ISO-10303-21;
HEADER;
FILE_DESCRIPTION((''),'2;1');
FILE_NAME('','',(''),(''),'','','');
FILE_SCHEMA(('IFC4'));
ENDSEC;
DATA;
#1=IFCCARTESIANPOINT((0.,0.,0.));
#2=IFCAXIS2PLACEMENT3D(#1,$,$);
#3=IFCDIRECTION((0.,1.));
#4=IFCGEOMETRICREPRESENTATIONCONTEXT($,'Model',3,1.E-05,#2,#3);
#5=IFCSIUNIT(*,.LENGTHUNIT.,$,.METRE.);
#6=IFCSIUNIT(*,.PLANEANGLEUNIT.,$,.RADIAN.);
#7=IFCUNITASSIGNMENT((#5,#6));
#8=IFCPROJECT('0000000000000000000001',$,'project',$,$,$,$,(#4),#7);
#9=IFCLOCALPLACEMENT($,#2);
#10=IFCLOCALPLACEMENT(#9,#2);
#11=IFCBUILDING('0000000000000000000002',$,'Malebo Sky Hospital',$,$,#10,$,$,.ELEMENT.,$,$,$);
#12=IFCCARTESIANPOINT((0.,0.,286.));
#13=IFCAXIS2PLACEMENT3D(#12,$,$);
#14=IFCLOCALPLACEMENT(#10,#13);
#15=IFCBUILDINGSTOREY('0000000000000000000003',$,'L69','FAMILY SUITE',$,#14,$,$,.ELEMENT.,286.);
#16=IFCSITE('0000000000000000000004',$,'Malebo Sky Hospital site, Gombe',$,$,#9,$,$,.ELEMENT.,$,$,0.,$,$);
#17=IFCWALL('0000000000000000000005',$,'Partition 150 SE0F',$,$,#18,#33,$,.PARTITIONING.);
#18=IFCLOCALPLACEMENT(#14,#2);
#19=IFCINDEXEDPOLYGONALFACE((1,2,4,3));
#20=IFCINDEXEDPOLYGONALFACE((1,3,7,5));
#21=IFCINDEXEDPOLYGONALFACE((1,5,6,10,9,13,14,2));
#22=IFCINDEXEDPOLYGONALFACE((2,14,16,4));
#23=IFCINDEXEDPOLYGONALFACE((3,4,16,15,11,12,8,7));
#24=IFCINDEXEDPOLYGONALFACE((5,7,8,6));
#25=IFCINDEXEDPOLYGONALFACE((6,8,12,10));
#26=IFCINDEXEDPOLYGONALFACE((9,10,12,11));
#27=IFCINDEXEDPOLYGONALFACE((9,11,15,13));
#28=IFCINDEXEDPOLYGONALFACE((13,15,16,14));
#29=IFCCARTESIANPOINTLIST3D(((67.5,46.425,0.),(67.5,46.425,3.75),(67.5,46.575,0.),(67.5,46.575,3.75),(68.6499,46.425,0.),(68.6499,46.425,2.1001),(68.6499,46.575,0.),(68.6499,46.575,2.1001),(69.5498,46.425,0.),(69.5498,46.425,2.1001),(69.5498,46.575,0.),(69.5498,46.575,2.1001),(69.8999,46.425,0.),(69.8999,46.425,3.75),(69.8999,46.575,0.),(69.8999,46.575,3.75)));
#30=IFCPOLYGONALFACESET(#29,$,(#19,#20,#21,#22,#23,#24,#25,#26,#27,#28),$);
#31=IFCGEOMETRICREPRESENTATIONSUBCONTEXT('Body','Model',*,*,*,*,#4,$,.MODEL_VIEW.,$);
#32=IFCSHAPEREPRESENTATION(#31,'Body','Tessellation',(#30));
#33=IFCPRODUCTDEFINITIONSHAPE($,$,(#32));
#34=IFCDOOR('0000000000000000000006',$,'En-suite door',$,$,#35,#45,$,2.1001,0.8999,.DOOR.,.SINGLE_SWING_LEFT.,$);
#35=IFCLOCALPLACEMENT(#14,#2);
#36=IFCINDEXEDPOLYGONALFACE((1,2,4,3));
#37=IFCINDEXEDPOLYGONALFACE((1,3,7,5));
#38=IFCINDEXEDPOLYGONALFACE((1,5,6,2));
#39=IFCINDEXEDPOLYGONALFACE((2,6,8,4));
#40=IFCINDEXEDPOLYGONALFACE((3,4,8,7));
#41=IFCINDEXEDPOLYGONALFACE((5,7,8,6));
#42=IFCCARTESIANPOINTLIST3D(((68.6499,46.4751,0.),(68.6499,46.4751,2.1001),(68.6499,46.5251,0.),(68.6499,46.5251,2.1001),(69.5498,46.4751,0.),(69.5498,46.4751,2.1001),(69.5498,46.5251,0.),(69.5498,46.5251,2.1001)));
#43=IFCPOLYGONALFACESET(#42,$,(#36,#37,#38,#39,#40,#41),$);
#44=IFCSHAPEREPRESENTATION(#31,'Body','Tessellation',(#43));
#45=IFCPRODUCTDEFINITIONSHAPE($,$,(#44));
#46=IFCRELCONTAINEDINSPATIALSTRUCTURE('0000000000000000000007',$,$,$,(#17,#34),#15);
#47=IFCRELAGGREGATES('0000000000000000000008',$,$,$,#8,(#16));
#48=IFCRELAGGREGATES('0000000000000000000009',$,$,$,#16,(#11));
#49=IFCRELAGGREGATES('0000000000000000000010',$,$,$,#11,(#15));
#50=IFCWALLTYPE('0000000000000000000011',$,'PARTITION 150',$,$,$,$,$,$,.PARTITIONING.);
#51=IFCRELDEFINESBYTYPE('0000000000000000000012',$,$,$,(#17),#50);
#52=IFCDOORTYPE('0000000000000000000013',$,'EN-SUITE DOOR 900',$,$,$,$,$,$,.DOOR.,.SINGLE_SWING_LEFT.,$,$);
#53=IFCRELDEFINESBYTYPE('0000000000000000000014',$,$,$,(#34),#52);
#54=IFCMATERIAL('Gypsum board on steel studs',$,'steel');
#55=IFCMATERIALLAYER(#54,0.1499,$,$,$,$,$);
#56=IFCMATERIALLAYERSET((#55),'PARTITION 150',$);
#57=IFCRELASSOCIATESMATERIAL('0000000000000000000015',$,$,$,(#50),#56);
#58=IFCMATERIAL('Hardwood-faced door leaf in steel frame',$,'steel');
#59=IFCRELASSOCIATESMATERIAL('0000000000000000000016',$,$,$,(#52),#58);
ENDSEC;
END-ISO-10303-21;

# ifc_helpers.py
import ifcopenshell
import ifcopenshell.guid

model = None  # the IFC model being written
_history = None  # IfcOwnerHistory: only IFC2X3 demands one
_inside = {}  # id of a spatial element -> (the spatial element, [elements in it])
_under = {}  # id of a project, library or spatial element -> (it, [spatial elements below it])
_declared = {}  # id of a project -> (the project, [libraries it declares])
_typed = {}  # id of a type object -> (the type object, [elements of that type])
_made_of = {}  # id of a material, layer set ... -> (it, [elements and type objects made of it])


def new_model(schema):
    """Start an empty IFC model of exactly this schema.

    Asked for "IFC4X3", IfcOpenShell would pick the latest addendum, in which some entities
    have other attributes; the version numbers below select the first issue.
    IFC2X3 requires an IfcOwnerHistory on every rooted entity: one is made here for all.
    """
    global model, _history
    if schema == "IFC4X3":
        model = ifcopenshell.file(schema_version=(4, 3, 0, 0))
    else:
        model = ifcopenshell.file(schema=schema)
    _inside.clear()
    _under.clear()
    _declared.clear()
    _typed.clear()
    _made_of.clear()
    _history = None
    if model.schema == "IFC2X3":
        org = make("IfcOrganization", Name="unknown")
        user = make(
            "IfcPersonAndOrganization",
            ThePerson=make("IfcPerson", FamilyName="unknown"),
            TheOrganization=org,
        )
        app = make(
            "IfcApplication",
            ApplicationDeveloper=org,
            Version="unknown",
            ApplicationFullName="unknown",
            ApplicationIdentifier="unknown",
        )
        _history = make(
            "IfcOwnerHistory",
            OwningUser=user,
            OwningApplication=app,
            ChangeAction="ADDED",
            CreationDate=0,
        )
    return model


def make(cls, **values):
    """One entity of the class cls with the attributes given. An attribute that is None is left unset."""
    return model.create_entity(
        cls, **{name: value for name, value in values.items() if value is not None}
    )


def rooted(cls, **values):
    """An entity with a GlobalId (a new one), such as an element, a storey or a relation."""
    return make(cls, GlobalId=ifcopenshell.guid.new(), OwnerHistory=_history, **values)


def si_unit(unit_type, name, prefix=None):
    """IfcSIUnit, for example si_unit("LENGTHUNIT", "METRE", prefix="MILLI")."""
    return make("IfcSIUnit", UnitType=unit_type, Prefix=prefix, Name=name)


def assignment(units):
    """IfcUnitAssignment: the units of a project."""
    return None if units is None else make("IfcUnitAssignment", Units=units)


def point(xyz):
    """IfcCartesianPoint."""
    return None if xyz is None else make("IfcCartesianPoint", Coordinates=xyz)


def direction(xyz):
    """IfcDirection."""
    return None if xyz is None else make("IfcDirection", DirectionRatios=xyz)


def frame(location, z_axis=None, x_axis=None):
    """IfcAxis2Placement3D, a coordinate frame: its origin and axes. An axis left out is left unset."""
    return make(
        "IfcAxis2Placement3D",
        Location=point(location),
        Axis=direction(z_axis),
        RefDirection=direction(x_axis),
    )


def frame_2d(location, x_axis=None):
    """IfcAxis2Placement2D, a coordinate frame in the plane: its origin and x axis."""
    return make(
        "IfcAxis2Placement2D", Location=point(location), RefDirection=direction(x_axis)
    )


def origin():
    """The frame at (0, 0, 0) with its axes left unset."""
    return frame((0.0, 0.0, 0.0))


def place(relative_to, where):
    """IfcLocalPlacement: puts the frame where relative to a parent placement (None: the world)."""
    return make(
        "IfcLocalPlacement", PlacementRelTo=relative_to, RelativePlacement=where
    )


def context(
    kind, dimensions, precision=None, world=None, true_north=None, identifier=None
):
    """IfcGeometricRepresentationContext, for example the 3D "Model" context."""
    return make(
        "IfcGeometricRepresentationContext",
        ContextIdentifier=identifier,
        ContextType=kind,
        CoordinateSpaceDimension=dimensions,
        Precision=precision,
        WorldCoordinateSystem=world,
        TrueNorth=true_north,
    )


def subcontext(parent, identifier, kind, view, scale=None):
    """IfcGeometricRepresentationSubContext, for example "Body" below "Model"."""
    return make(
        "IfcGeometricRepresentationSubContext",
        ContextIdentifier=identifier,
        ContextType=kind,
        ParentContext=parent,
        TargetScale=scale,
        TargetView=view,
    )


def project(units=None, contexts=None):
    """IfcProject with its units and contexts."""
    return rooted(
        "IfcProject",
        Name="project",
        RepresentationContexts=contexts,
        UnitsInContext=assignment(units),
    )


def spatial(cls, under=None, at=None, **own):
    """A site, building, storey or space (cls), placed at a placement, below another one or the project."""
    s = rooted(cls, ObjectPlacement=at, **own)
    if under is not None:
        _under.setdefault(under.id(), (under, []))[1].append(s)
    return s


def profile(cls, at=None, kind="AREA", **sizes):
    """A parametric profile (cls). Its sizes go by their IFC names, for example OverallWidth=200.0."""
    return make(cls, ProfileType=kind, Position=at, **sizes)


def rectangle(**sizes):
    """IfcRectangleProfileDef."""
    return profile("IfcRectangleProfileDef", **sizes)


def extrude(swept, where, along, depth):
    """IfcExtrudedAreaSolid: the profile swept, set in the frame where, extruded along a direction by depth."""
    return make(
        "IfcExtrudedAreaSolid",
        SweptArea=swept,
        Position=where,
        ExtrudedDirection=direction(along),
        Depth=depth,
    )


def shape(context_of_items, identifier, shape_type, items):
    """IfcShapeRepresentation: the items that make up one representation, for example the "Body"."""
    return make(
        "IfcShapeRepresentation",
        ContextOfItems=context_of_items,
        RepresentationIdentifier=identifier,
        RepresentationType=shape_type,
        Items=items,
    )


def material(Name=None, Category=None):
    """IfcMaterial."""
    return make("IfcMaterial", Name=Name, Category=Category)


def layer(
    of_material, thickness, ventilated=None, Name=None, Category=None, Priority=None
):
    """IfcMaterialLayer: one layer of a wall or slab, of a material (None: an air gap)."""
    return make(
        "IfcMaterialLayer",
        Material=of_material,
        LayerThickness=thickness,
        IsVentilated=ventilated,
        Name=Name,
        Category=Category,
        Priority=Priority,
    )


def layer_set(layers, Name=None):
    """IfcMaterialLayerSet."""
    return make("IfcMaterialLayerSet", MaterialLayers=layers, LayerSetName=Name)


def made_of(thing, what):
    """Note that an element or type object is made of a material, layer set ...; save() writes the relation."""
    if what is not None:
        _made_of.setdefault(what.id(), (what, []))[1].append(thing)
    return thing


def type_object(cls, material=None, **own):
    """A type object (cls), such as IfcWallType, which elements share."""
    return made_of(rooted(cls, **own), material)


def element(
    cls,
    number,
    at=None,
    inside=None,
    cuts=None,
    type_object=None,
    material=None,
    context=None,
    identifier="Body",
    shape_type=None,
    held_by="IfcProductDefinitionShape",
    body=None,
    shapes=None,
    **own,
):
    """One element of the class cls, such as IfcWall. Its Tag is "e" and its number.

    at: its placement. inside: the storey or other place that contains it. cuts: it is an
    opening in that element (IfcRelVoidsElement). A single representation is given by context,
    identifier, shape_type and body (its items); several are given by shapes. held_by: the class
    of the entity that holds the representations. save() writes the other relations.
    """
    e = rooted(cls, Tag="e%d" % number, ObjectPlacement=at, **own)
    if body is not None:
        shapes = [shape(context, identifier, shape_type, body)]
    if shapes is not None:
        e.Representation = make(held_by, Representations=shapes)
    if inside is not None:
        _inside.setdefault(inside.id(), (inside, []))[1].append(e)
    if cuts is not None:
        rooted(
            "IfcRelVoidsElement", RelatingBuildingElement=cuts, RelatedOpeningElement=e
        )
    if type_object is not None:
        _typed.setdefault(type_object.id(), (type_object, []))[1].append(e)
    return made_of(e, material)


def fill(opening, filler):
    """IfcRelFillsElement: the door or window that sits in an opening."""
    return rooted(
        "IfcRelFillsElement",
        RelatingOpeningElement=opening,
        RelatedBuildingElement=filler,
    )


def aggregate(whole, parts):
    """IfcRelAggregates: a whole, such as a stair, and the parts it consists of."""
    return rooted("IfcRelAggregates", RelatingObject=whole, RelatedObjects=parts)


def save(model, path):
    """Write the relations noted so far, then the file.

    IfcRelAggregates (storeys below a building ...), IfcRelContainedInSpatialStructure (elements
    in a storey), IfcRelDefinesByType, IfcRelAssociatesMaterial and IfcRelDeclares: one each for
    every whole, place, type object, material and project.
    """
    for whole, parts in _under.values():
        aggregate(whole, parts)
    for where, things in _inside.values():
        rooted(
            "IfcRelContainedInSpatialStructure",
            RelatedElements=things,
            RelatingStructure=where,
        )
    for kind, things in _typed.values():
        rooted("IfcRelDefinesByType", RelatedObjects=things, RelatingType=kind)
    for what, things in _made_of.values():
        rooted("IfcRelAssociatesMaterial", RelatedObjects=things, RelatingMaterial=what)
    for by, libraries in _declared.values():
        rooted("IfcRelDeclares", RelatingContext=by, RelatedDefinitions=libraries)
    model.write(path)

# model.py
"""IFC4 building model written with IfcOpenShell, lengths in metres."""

from ifc_helpers import new_model, si_unit, direction, frame, frame_2d, origin, place, context, subcontext, project, spatial, rectangle, extrude, material, layer, layer_set, type_object, element, fill, save


model = new_model("IFC4")

# Units and contexts
model_context = context("Model", 3, precision=1e-05, world=origin(), true_north=direction((0.0, 1.0)))
body_context = subcontext(model_context, "Body", "Model", "MODEL_VIEW")
ifc_project = project(units=[si_unit("LENGTHUNIT", "METRE"), si_unit("PLANEANGLEUNIT", "RADIAN")], contexts=[model_context])

# Site, building, storey
site_placement = place(None, origin())
site = spatial("IfcSite", under=ifc_project, at=site_placement, Name="Malebo Sky Hospital site, Gombe", CompositionType="ELEMENT", RefElevation=0.0)
building_placement = place(site_placement, origin())
building = spatial("IfcBuilding", under=site, at=building_placement, Name="Malebo Sky Hospital", CompositionType="ELEMENT")
storey_placement = place(building_placement, frame((0.0, 0.0, 286.0)))
storey = spatial("IfcBuildingStorey", under=building, at=storey_placement, Name="L69", Description="FAMILY SUITE", CompositionType="ELEMENT", Elevation=286.0)

# Shared definitions
ifc_material_1 = material(Name="Gypsum board on steel studs", Category="steel")
ifc_layer_1 = layer(ifc_material_1, 0.1499)
ifc_layer_set_1 = layer_set([ifc_layer_1], Name="PARTITION 150")
wall_type = type_object("IfcWallType", Name="PARTITION 150", PredefinedType="PARTITIONING", material=ifc_layer_set_1)

# Wall, opening, door
wall_1_placement = place(storey_placement, frame((69.8999, 46.5, 0.0), z_axis=(0.0, 0.0, 1.0), x_axis=(-1.0, 0.0, 0.0)))
wall_1 = element("IfcWall", 1, at=wall_1_placement, inside=storey, type_object=wall_type, Name="Partition 150 SE0F", PredefinedType="PARTITIONING", context=body_context, shape_type="SweptSolid", body=[
    extrude(rectangle(XDim=2.3999, YDim=0.1499, at=frame_2d((1.2, 0.0))), origin(), (0.0, 0.0, 1.0), 3.75),
])
opening_placement = place(wall_1_placement, frame((0.3501, 0.0, 0.0)))
opening = element("IfcOpeningElement", 2, at=opening_placement, cuts=wall_1, PredefinedType="OPENING", context=body_context, shape_type="SweptSolid", body=[
    extrude(rectangle(XDim=0.8999, YDim=2.1001, at=frame_2d((0.45, 1.05))), frame((0.0, 0.085, 0.0), z_axis=(0.0, -1.0, 0.0), x_axis=(1.0, 0.0, 0.0)), (0.0, 0.0, 1.0), 0.1699),
])
ifc_material_2 = material(Name="Hardwood-faced door leaf in steel frame", Category="steel")
door_type = type_object("IfcDoorType", Name="EN-SUITE DOOR 900", OperationType="SINGLE_SWING_LEFT", PredefinedType="DOOR", material=ifc_material_2)
door_placement = place(opening_placement, origin())
door = element("IfcDoor", 3, at=door_placement, inside=storey, type_object=door_type, Name="En-suite door", OperationType="SINGLE_SWING_LEFT", OverallHeight=2.1001, OverallWidth=0.8999, PredefinedType="DOOR", context=body_context, shape_type="SweptSolid", body=[
    extrude(rectangle(XDim=0.8999, YDim=2.1001, at=frame_2d((0.45, 1.05))), frame((0.0, 0.0249, 0.0), z_axis=(0.0, -1.0, 0.0), x_axis=(1.0, 0.0, 0.0)), (0.0, 0.0, 1.0), 0.05),
])
fill(opening, door)

save(model, "model.ifc")
